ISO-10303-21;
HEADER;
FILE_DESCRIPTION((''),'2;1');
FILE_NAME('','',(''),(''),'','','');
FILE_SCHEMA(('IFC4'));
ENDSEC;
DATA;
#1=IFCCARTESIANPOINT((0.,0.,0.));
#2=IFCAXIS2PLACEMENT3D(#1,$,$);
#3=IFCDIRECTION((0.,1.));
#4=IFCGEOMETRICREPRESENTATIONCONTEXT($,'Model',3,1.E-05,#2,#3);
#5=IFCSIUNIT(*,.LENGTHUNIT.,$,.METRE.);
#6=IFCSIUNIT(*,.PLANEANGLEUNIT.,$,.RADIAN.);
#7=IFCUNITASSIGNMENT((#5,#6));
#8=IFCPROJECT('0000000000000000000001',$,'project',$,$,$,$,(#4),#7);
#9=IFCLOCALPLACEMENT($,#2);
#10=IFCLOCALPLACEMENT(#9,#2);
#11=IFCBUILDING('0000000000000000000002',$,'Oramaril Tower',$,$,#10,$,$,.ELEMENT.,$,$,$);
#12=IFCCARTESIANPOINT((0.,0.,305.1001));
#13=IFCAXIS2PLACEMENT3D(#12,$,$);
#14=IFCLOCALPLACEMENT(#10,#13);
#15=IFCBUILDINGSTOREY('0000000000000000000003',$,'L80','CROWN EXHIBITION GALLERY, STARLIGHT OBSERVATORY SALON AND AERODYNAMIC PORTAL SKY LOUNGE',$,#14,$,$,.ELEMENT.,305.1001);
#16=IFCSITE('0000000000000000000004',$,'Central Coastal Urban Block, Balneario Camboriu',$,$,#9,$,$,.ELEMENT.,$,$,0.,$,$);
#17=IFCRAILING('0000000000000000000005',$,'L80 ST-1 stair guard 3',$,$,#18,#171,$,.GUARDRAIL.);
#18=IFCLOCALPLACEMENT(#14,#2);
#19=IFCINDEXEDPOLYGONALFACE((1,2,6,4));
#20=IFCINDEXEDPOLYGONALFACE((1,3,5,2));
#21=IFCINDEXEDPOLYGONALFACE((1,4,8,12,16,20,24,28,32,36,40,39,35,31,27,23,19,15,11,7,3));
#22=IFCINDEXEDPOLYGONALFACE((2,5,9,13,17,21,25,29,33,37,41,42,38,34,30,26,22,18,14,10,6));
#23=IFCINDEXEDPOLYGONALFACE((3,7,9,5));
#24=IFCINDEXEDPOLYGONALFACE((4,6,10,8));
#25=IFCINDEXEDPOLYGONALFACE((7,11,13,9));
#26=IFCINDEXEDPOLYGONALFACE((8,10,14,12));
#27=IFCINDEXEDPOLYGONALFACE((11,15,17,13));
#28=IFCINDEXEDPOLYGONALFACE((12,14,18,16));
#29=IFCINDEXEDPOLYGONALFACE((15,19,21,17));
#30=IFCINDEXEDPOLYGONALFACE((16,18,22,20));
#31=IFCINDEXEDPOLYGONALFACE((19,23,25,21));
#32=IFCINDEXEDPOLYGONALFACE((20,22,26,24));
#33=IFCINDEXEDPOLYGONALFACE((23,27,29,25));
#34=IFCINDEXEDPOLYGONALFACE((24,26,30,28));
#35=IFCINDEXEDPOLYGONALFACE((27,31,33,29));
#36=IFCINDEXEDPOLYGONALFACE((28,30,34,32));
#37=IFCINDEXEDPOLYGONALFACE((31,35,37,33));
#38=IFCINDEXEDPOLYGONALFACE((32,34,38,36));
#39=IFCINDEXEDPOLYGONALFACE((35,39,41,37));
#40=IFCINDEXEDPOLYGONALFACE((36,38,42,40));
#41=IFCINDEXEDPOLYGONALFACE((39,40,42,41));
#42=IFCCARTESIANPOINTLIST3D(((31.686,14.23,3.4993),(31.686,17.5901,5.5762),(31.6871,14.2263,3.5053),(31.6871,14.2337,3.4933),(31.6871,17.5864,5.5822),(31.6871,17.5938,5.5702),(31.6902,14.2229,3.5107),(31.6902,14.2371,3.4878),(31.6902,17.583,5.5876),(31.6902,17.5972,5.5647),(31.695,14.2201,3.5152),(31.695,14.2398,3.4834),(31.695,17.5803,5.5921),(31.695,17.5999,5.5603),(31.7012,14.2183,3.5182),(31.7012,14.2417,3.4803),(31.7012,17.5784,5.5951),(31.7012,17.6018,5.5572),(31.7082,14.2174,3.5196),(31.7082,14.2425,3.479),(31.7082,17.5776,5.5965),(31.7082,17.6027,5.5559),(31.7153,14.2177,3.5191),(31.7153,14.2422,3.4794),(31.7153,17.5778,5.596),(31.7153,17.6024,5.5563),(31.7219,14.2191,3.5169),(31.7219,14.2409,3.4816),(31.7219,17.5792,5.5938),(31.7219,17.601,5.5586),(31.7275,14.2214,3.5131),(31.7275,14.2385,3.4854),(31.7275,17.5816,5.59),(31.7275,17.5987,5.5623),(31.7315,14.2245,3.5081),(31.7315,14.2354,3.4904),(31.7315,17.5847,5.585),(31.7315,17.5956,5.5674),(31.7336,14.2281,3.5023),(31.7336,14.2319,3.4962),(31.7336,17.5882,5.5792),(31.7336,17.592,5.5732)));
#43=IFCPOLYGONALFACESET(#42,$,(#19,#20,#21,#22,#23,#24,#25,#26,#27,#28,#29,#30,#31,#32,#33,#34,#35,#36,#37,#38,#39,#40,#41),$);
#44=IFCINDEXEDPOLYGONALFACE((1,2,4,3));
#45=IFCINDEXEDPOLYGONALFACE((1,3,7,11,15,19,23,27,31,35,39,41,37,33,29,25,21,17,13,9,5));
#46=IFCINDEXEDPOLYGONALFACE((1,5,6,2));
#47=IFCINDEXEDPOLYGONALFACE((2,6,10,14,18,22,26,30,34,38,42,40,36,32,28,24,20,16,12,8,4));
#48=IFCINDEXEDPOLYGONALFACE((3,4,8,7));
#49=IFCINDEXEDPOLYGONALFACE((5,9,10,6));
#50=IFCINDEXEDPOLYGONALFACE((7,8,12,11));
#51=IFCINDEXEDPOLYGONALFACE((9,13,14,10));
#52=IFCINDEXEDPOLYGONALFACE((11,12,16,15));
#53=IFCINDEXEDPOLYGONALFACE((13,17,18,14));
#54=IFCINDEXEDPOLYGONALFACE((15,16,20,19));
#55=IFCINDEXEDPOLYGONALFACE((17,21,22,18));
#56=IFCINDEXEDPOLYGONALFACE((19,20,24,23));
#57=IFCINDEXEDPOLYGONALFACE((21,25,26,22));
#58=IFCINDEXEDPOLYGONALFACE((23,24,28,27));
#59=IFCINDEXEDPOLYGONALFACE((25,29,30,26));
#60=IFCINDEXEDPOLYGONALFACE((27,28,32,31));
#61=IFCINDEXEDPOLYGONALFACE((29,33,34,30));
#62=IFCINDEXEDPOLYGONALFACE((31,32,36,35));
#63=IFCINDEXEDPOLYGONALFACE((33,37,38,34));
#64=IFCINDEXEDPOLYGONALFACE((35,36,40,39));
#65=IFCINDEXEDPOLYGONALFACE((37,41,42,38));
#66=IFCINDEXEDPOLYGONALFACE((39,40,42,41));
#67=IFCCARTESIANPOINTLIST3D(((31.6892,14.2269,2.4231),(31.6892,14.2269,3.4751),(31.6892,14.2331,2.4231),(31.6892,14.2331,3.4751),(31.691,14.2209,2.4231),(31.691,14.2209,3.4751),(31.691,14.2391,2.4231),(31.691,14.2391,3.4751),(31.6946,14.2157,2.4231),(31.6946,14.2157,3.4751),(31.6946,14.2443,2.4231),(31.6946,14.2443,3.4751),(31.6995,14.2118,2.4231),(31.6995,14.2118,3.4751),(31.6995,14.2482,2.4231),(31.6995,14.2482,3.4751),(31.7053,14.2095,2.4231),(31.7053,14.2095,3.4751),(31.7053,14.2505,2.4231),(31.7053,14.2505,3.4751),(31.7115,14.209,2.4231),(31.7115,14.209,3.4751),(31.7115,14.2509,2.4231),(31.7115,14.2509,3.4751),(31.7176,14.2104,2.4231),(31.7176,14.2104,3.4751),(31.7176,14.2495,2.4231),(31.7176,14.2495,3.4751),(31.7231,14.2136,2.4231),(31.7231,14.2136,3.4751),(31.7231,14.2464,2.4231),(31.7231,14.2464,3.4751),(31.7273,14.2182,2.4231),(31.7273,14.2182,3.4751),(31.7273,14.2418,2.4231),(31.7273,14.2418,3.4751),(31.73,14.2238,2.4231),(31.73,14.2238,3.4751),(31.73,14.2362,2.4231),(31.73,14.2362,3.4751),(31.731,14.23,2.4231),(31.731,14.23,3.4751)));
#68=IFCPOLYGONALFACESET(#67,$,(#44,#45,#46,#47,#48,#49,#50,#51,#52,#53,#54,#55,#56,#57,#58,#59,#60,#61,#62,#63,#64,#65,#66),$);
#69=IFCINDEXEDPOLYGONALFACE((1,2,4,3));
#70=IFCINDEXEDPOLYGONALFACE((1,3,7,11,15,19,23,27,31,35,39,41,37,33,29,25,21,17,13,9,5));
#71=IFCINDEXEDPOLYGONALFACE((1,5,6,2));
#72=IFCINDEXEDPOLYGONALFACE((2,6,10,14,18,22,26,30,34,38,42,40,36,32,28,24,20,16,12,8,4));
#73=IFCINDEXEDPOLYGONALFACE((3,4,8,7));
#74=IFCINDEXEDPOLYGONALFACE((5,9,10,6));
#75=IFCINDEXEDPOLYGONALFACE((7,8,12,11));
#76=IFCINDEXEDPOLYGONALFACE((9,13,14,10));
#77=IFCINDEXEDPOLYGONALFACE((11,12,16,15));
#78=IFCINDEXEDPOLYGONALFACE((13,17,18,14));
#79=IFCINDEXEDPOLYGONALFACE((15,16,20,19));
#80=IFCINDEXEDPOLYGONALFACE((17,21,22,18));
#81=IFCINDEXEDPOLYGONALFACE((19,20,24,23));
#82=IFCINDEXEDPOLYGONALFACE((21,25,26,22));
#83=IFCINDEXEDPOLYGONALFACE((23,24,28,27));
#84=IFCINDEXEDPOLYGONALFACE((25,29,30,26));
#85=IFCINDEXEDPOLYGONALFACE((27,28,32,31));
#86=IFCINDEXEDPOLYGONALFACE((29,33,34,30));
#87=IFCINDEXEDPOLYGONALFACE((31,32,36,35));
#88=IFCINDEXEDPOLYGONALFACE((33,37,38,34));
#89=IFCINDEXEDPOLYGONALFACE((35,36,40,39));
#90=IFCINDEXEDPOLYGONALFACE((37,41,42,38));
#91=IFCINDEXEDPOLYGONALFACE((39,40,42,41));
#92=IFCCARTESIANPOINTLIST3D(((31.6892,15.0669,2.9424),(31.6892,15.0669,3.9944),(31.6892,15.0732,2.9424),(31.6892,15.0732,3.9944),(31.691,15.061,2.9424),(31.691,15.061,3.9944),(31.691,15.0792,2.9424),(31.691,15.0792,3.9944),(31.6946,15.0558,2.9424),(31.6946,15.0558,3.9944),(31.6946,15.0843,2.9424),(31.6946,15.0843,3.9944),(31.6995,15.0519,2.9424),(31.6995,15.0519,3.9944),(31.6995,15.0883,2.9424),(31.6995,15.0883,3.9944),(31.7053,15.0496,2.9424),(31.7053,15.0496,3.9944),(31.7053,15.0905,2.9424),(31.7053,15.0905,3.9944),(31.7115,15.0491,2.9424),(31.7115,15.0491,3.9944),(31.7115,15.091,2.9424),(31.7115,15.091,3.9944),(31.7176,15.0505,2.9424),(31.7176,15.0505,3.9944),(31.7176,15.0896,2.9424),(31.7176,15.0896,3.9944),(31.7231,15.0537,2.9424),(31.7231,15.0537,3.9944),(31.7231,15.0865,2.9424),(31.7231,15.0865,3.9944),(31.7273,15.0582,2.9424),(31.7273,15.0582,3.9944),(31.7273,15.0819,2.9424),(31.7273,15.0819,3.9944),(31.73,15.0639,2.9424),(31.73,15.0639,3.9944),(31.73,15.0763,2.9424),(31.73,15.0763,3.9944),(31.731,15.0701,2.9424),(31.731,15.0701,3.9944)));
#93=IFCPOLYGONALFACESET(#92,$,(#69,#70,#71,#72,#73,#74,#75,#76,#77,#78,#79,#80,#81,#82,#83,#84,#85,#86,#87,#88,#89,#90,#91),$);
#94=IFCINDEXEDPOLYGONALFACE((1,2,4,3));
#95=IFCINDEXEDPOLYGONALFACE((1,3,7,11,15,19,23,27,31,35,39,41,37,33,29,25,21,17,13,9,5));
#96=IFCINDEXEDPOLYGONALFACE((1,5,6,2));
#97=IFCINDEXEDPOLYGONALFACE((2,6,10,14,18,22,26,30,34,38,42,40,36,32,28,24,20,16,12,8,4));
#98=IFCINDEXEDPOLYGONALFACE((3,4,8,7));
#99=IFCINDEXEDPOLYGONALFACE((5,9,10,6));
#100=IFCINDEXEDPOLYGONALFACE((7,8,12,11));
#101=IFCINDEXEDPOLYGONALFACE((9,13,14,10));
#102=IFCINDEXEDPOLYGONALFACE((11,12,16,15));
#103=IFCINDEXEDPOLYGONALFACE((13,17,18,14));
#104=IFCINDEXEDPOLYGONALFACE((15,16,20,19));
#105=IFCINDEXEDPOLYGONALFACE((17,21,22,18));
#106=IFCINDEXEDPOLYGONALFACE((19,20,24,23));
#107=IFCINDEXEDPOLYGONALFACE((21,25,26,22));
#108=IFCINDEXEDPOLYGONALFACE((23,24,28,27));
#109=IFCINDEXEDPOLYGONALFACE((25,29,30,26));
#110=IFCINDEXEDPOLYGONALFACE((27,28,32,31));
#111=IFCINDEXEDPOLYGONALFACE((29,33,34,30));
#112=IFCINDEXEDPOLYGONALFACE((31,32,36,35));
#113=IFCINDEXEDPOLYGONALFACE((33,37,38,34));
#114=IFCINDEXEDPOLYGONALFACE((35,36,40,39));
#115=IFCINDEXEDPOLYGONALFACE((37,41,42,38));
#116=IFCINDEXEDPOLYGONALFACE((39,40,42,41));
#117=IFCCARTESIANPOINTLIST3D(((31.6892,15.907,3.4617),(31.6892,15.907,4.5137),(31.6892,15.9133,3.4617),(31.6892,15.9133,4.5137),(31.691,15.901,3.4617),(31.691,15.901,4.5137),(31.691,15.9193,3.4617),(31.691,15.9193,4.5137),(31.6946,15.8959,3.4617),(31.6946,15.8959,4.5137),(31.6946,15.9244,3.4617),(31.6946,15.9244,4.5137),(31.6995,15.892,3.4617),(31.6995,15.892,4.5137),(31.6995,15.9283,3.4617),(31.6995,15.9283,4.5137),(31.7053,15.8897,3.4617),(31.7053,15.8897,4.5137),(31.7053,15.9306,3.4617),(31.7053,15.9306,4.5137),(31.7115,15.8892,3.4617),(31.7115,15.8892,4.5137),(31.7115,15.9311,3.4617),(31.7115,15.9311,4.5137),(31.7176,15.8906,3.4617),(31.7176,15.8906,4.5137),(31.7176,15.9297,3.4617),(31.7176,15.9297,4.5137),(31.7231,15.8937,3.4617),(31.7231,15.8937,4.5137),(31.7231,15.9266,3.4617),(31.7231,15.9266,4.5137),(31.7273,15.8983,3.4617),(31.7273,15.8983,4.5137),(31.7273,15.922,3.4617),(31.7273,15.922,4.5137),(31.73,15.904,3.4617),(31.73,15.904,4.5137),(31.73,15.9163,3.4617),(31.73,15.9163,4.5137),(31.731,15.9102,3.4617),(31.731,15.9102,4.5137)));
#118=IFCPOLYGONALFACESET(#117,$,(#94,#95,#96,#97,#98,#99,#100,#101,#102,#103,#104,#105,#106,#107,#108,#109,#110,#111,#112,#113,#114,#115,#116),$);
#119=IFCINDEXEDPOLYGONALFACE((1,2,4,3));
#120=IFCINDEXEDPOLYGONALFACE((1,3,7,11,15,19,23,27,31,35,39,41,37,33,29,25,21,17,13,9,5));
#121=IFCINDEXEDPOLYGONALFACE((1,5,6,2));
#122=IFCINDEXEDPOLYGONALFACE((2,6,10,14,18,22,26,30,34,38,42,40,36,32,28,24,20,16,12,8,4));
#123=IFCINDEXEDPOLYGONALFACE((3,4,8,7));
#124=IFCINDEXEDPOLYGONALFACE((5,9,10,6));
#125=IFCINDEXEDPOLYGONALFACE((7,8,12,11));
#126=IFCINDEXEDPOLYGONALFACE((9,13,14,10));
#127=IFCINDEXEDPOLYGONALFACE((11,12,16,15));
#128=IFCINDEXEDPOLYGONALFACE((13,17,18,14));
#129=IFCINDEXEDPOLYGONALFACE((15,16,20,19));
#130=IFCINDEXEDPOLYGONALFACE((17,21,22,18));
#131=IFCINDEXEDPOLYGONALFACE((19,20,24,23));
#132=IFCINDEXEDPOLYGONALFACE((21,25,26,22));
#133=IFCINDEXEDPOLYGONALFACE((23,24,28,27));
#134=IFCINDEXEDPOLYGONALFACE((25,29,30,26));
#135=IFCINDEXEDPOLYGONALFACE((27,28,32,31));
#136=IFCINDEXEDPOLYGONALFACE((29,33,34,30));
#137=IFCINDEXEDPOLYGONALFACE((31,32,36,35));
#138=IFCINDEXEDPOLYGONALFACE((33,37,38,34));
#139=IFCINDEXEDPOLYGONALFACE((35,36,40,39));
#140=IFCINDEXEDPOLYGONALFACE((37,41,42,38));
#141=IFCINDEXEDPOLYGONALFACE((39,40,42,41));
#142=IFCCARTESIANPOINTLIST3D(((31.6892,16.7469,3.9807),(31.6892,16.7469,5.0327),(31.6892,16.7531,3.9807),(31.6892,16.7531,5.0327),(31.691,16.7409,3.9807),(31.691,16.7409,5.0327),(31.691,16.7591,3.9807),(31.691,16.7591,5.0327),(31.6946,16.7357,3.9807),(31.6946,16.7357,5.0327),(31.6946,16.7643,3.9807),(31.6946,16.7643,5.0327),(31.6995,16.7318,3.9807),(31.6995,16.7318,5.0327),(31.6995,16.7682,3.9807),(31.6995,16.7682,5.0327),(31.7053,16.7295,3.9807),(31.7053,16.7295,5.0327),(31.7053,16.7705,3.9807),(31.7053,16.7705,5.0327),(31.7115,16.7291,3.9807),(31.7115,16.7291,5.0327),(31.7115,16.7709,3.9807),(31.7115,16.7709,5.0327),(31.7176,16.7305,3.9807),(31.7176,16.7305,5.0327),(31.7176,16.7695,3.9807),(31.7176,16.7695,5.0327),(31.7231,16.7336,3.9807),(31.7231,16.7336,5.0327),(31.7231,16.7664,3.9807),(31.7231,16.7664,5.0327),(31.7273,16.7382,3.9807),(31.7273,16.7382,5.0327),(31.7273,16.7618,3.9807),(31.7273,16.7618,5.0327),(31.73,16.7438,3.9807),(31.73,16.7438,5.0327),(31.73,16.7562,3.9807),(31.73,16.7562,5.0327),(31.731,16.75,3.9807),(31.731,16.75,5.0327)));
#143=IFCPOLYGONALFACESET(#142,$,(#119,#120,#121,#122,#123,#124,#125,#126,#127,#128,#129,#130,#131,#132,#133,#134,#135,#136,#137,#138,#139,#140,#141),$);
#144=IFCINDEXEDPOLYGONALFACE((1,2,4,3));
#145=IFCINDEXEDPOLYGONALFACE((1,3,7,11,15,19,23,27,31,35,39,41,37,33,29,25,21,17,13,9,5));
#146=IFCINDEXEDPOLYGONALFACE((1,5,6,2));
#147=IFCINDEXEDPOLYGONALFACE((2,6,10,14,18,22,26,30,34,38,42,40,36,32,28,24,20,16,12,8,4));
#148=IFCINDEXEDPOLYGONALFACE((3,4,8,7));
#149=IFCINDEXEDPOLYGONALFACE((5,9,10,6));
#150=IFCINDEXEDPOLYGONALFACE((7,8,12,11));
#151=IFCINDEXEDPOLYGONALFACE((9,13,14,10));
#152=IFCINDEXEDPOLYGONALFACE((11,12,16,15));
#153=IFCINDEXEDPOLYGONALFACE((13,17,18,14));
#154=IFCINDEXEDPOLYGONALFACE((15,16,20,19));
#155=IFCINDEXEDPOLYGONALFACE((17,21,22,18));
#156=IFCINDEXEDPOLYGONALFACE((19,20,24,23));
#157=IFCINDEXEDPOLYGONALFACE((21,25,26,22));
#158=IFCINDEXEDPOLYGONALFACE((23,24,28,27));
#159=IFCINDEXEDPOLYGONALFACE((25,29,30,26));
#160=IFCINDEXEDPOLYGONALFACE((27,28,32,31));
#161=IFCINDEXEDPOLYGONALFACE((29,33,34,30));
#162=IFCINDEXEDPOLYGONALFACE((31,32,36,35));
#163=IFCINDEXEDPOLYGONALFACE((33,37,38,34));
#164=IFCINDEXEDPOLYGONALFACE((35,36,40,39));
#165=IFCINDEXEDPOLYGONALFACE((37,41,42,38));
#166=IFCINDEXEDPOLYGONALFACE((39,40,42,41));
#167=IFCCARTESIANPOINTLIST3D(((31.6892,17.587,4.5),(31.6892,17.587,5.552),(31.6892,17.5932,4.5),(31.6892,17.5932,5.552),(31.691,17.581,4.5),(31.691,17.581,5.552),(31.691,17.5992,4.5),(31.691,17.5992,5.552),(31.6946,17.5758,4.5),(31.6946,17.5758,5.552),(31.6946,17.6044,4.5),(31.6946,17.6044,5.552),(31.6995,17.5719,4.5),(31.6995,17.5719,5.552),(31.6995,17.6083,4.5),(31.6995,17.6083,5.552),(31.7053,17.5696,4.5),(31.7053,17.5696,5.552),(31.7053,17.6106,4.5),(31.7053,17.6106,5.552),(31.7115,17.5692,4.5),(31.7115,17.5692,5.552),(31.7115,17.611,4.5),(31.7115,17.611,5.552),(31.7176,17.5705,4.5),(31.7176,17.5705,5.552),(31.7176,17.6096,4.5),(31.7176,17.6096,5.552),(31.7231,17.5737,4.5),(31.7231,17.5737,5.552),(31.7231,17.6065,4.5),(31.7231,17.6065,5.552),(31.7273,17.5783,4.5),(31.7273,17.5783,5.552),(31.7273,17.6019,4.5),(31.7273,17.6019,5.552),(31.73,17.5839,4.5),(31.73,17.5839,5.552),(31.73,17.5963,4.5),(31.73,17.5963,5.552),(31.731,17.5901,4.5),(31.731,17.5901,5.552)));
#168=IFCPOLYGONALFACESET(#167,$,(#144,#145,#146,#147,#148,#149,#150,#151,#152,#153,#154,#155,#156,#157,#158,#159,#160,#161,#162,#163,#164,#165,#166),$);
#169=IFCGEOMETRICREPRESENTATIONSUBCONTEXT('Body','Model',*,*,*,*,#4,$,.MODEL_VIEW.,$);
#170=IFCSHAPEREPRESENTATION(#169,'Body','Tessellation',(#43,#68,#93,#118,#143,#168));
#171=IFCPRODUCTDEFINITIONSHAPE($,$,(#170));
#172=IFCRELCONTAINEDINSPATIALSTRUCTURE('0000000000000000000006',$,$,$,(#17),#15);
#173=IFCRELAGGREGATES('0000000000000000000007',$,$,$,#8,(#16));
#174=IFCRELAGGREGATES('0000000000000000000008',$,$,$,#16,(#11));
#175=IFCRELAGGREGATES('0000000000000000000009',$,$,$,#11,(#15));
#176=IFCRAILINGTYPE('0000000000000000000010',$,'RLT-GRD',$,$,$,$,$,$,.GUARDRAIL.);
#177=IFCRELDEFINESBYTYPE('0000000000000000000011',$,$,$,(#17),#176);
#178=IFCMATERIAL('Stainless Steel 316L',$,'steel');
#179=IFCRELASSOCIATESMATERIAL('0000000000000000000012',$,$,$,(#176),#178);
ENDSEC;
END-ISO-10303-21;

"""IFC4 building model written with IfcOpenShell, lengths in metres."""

from ifc_helpers import new_model, si_unit, direction, frame, origin, origin_2d, place, context, subcontext, project, spatial, circle, extrude, material, type_object, element, save


model = new_model("IFC4")

# Units and contexts
model_context = context("Model", 3, precision=1e-05, world=origin(), true_north=direction((0.0, 1.0)))
body_context = subcontext(model_context, "Body", "Model", "MODEL_VIEW")
ifc_project = project(units=[si_unit("LENGTHUNIT", "METRE"), si_unit("PLANEANGLEUNIT", "RADIAN")], contexts=[model_context])

# Site, building, storey
site_placement = place(None, origin())
site = spatial("IfcSite", under=ifc_project, at=site_placement, Name="Central Coastal Urban Block, Balneario Camboriu", CompositionType="ELEMENT", RefElevation=0.0)
building_placement = place(site_placement, origin())
building = spatial("IfcBuilding", under=site, at=building_placement, Name="Oramaril Tower", CompositionType="ELEMENT")
storey_placement = place(building_placement, frame((0.0, 0.0, 305.1001)))
storey = spatial("IfcBuildingStorey", under=building, at=storey_placement, Name="L80", Description="CROWN EXHIBITION GALLERY, STARLIGHT OBSERVATORY SALON AND AERODYNAMIC PORTAL SKY LOUNGE", CompositionType="ELEMENT", Elevation=305.1001)

# Railing
ifc_material_1 = material(Name="Stainless Steel 316L", Category="steel")
railing_type_1 = type_object("IfcRailingType", Name="RLT-GRD", PredefinedType="GUARDRAIL", material=ifc_material_1)
railing_1_placement = place(storey_placement, frame((31.71, 14.23, 2.4231)))
element("IfcRailing", 1, at=railing_1_placement, inside=storey, type_object=railing_type_1, Name="L80 ST-1 stair guard 3", PredefinedType="GUARDRAIL", context=body_context, shape_type="SweptSolid", body=[
    extrude(circle(Radius=0.0239, at=origin_2d()), frame((0.0, 0.0, 1.0762), z_axis=(0.0, 0.850623, 0.525776), x_axis=(-1.0, 0.0, 0.0)), (0.0, 0.0, 1.0), 3.9502),
    extrude(circle(Radius=0.021, at=origin_2d()), origin(), (0.0, 0.0, 1.0), 1.052),
    extrude(circle(Radius=0.021, at=origin_2d()), frame((0.0, 0.8401, 0.5193)), (0.0, 0.0, 1.0), 1.052),
    extrude(circle(Radius=0.021, at=origin_2d()), frame((0.0, 1.6802, 1.0386)), (0.0, 0.0, 1.0), 1.052),
    extrude(circle(Radius=0.021, at=origin_2d()), frame((0.0, 2.52, 1.5576)), (0.0, 0.0, 1.0), 1.052),
    extrude(circle(Radius=0.021, at=origin_2d()), frame((0.0, 3.3601, 2.0769)), (0.0, 0.0, 1.0), 1.052),
])

save(model, "model.ifc")
